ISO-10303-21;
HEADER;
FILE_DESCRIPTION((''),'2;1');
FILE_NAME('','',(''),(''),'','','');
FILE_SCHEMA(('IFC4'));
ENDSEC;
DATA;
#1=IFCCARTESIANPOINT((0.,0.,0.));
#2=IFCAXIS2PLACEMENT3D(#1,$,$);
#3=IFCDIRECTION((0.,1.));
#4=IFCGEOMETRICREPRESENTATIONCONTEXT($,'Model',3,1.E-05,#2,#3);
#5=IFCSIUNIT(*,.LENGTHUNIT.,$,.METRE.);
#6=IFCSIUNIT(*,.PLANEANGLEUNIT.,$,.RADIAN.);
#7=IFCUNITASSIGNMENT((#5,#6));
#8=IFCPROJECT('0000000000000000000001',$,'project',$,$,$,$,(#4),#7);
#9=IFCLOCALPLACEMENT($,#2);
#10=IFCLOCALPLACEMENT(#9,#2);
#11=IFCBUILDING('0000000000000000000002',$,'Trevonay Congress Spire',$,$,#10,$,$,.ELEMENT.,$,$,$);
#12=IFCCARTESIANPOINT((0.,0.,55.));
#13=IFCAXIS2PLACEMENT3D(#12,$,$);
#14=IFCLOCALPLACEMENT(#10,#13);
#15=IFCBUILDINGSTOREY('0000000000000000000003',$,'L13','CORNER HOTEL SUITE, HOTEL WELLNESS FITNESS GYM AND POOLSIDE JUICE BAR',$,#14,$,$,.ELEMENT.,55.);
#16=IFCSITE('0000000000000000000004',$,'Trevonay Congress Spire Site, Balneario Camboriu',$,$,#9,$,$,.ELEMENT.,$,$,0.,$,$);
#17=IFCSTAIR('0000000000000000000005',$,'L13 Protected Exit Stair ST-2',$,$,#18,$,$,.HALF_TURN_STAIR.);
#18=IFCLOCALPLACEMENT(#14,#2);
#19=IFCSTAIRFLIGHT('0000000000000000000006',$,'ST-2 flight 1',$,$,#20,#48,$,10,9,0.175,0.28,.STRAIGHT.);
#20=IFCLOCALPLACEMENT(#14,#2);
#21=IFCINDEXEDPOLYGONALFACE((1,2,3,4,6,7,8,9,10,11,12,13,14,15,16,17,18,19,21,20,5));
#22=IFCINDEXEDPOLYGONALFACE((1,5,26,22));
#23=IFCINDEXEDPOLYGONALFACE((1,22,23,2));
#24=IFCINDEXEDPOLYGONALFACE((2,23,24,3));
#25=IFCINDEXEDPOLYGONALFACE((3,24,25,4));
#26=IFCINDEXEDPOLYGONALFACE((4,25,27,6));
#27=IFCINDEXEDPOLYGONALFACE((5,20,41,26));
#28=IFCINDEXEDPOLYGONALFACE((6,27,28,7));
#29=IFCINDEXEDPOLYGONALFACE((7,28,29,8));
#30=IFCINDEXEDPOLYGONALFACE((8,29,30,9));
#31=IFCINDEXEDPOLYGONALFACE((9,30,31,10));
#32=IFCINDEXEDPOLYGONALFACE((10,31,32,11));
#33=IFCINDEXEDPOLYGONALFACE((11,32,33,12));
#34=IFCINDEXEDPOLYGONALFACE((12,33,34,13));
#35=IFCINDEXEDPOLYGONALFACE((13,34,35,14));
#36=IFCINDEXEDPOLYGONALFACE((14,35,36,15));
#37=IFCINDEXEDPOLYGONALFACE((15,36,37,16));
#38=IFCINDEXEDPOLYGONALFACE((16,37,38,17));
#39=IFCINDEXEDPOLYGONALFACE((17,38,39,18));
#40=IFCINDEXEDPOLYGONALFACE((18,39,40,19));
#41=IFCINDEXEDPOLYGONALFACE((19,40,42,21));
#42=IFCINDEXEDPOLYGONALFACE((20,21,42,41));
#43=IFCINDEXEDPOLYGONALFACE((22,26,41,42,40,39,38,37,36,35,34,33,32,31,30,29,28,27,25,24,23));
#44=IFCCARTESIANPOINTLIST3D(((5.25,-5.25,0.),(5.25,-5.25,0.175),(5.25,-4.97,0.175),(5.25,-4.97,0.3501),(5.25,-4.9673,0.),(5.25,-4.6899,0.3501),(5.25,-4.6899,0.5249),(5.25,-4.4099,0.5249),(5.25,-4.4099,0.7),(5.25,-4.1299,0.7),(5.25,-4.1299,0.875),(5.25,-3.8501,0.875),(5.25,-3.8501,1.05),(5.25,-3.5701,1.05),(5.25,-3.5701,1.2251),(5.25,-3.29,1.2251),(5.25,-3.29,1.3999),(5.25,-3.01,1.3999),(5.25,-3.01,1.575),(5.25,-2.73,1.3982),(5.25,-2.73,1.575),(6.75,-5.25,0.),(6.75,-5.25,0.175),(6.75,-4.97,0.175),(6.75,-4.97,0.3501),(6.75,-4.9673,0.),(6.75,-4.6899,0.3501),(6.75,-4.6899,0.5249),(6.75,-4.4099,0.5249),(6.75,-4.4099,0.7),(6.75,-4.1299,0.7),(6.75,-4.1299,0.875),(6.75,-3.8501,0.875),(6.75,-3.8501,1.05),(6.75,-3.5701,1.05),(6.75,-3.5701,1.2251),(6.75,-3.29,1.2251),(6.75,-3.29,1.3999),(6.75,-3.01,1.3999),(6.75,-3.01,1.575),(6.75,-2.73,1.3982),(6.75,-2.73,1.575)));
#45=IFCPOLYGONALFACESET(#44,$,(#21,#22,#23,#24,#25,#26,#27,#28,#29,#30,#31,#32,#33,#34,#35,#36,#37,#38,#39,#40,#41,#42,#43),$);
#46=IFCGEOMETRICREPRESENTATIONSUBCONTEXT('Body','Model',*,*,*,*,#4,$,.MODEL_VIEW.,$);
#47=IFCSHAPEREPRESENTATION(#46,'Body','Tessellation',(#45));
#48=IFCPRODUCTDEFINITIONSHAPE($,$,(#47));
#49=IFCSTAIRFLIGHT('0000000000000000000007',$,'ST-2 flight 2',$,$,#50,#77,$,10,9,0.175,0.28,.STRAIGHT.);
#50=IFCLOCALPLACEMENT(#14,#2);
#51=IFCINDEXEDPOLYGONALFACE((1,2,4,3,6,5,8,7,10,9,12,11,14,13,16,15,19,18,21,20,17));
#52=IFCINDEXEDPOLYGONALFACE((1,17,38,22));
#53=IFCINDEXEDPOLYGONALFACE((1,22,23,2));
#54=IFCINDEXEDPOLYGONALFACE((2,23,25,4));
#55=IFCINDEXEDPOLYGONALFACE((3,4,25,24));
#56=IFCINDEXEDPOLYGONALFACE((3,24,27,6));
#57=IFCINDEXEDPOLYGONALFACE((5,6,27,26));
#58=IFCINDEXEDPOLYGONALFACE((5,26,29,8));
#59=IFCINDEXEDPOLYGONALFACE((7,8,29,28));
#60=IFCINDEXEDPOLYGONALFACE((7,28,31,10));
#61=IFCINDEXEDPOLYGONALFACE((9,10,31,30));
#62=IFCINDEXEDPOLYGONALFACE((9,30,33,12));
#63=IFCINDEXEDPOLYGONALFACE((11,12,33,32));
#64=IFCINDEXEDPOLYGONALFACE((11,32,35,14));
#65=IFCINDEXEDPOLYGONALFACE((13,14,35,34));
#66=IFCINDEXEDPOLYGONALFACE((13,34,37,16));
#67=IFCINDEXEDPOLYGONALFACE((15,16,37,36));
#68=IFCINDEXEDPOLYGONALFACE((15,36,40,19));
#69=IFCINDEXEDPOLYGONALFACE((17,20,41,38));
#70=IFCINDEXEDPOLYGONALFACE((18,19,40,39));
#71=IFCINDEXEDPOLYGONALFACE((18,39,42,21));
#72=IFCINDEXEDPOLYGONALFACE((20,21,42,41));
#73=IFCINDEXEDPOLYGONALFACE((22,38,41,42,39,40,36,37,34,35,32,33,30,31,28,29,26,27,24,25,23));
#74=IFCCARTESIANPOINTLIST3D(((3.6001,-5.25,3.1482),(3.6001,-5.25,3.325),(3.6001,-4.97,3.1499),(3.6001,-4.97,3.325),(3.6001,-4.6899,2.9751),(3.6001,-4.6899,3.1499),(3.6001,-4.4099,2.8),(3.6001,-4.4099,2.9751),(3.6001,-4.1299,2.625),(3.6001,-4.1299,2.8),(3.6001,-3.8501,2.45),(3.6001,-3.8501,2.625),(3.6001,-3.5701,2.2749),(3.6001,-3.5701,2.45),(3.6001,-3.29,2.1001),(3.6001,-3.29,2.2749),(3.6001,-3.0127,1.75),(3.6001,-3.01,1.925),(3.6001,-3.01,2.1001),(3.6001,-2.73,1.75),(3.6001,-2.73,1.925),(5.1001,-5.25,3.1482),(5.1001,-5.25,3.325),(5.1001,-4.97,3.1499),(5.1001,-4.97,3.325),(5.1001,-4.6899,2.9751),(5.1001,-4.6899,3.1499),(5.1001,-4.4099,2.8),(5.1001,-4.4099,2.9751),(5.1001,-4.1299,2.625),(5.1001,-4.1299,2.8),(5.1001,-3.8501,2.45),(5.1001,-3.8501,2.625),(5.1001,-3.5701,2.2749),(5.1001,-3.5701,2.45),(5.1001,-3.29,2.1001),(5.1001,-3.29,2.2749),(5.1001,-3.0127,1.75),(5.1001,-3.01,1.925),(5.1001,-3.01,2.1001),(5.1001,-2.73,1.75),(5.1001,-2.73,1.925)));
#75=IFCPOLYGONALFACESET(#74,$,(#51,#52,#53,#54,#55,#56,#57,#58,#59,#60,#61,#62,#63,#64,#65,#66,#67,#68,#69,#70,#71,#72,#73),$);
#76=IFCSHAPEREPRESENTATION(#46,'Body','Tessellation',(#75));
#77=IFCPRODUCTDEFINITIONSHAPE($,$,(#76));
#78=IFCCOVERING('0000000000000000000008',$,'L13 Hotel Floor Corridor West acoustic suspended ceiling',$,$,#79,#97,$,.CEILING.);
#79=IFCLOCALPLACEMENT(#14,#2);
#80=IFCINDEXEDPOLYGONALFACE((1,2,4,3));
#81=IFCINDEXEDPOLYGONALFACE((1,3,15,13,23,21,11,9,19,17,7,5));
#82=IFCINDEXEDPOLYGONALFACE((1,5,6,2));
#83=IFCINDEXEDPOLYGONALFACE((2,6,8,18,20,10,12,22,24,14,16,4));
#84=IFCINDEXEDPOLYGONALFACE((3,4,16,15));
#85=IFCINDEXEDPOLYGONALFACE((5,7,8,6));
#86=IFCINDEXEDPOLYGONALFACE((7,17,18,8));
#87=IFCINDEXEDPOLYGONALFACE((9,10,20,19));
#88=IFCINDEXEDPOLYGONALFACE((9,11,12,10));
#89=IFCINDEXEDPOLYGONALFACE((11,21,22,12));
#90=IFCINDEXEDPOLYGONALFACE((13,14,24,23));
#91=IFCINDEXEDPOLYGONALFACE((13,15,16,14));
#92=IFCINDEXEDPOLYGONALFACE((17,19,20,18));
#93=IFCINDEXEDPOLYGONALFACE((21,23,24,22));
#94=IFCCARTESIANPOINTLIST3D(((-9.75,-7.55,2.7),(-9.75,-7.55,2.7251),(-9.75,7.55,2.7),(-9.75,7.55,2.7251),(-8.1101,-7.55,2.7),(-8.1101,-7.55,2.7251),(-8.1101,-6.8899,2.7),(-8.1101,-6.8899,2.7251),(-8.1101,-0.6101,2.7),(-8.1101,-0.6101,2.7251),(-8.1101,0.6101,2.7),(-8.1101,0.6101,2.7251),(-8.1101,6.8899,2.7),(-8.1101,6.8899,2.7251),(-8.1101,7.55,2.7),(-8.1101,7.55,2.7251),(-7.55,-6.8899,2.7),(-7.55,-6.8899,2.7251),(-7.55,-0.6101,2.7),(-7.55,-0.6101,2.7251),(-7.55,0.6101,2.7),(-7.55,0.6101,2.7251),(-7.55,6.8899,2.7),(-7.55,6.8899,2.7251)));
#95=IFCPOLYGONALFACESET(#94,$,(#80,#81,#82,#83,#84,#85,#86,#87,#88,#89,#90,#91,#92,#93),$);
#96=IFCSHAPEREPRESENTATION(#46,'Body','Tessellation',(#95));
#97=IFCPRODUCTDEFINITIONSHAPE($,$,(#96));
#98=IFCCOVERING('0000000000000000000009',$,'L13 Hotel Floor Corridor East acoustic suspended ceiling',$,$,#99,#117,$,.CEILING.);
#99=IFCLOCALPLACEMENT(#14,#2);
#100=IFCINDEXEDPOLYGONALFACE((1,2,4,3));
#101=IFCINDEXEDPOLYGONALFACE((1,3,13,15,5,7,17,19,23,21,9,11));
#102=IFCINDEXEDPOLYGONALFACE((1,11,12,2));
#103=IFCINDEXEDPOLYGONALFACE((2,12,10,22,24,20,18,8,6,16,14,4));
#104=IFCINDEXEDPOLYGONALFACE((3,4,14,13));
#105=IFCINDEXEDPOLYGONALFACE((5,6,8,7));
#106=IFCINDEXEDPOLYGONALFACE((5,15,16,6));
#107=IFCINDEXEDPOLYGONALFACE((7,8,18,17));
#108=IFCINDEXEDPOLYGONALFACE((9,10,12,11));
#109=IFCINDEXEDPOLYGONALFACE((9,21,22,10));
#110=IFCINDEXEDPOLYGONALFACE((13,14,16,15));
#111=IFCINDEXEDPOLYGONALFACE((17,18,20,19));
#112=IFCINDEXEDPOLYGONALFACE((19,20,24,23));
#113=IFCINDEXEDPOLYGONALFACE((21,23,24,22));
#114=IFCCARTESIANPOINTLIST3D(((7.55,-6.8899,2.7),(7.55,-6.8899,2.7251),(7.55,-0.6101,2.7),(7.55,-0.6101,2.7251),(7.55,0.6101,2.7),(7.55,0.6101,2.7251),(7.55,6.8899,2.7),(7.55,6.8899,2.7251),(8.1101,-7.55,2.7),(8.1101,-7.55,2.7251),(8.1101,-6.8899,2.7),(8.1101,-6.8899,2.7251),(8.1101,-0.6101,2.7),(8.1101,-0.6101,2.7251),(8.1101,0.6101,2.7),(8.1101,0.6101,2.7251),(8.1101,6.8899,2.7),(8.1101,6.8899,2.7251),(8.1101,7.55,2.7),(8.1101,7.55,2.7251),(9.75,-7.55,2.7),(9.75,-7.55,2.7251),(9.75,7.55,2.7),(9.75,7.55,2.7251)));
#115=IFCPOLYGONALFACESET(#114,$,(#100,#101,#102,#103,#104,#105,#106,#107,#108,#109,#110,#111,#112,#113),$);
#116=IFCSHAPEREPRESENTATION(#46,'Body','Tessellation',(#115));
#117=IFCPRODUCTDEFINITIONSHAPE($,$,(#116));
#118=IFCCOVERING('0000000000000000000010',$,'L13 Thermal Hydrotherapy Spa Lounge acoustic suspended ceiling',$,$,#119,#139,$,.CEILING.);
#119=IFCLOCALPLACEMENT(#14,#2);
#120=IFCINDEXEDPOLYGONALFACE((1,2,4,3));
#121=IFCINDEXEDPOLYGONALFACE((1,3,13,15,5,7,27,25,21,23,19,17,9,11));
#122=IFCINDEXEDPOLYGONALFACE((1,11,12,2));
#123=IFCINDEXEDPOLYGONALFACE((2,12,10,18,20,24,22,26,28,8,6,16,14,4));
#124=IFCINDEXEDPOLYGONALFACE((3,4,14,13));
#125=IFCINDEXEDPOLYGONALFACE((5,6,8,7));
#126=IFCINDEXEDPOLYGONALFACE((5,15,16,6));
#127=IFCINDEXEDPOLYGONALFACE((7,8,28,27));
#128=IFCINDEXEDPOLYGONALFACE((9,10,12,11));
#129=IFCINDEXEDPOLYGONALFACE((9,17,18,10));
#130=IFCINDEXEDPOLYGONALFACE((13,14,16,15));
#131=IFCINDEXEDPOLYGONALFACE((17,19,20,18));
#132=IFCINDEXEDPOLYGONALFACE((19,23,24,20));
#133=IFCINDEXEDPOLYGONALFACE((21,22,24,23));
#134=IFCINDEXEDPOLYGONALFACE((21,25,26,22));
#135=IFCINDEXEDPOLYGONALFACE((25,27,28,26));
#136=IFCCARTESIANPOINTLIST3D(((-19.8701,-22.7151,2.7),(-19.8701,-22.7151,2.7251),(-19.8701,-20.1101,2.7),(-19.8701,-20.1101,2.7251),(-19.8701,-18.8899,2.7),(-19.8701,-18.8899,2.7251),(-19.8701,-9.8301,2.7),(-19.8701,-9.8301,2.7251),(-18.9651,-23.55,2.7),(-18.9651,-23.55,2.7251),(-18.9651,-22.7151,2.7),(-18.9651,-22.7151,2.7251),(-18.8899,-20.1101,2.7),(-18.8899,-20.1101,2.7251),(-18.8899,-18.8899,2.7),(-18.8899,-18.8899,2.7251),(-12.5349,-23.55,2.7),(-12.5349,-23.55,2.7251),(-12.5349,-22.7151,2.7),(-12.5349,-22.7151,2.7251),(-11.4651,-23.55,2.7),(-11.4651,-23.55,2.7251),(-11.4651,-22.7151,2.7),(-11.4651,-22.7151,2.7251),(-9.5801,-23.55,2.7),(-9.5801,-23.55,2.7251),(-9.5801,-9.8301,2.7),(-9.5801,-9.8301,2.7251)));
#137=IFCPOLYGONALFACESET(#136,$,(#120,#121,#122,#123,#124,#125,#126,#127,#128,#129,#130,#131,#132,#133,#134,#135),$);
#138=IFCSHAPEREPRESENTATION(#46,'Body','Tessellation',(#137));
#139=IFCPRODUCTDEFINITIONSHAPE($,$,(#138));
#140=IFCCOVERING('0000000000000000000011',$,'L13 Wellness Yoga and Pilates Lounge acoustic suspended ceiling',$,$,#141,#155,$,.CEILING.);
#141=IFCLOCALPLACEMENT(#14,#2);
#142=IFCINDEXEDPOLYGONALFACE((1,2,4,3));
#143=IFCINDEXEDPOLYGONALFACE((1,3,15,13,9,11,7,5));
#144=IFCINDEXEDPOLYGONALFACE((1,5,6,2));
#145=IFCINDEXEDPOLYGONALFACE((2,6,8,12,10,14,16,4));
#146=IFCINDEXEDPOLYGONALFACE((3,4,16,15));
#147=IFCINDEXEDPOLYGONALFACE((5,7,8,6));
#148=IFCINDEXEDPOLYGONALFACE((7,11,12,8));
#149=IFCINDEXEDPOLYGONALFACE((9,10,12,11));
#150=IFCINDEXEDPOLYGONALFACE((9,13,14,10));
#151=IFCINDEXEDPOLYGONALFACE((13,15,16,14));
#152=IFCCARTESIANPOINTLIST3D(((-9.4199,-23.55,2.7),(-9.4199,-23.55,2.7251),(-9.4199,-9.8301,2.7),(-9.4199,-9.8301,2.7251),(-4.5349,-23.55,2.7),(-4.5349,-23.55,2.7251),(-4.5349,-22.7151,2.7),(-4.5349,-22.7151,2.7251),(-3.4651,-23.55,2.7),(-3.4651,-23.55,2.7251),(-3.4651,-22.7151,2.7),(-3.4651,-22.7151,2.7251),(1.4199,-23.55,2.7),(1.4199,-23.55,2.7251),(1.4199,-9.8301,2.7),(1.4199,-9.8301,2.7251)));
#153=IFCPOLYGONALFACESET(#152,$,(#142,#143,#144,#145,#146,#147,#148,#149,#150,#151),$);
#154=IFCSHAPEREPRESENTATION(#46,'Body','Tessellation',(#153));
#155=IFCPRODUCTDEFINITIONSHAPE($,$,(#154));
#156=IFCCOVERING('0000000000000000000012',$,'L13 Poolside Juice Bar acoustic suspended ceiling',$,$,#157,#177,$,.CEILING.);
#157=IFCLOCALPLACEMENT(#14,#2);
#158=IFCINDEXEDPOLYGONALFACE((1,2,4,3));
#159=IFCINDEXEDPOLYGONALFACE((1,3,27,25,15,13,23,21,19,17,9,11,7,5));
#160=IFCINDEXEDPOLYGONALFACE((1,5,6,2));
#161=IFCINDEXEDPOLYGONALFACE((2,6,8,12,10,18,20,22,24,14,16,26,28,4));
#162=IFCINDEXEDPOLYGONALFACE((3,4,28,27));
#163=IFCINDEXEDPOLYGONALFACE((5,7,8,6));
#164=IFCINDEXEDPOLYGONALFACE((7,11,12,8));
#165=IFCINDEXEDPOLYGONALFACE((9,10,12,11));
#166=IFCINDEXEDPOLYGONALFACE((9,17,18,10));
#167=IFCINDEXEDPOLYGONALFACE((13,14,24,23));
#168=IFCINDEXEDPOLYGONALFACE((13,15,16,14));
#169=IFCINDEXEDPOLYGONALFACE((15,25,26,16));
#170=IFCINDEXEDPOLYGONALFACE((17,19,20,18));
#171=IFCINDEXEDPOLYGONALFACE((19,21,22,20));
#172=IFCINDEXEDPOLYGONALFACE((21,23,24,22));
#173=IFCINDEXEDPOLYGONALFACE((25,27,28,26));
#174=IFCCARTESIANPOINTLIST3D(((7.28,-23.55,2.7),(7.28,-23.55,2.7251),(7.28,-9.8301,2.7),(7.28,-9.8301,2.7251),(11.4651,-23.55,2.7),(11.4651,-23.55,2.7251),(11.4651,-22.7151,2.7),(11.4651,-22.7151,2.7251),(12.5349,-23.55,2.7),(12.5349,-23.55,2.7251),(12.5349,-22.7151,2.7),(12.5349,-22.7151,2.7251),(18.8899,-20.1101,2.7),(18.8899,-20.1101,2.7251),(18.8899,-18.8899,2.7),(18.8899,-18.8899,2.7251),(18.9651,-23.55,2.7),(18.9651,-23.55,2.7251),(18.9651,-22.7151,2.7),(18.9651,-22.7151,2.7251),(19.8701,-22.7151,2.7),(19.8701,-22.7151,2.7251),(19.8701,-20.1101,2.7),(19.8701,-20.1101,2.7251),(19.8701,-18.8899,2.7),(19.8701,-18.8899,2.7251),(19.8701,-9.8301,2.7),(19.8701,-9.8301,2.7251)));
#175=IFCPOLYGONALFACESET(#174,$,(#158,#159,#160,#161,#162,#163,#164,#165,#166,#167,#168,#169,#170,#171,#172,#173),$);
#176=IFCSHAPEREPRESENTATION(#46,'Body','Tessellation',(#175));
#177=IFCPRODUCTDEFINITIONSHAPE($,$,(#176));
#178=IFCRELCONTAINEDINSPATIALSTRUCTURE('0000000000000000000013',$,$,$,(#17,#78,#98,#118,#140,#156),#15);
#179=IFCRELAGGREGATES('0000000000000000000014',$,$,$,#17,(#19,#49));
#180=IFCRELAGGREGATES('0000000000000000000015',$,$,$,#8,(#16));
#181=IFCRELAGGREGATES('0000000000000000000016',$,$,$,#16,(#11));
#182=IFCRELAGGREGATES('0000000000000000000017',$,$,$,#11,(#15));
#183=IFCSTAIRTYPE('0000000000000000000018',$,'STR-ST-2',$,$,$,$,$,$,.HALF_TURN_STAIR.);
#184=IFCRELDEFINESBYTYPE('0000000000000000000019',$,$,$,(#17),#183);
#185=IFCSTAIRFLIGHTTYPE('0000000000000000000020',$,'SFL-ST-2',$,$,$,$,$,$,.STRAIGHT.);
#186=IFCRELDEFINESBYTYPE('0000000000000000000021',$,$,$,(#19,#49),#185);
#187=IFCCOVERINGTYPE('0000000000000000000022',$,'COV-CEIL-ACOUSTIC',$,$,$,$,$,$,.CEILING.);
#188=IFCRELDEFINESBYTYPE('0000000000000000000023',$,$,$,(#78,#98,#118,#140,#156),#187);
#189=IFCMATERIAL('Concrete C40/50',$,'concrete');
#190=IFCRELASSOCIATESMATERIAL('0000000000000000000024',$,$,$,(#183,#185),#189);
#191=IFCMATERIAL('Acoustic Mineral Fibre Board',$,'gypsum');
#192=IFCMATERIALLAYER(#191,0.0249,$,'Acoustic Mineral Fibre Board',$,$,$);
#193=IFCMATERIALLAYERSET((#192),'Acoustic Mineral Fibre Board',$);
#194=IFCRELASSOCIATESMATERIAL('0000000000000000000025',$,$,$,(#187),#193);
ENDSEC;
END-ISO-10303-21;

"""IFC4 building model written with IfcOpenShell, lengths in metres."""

from ifc_helpers import new_model, si_unit, direction, frame, origin, place, context, subcontext, project, spatial, polyline, outline, extrude, material, layer, layer_set, type_object, element, aggregate, save


model = new_model("IFC4")

# Units and contexts
model_context = context("Model", 3, precision=1e-05, world=origin(), true_north=direction((0.0, 1.0)))
body_context = subcontext(model_context, "Body", "Model", "MODEL_VIEW")
ifc_project = project(units=[si_unit("LENGTHUNIT", "METRE"), si_unit("PLANEANGLEUNIT", "RADIAN")], contexts=[model_context])

# Site, building, storey
site_placement = place(None, origin())
site = spatial("IfcSite", under=ifc_project, at=site_placement, Name="Trevonay Congress Spire Site, Balneario Camboriu", CompositionType="ELEMENT", RefElevation=0.0)
building_placement = place(site_placement, origin())
building = spatial("IfcBuilding", under=site, at=building_placement, Name="Trevonay Congress Spire", CompositionType="ELEMENT")
storey_placement = place(building_placement, frame((0.0, 0.0, 55.0)))
storey = spatial("IfcBuildingStorey", under=building, at=storey_placement, Name="L13", Description="CORNER HOTEL SUITE, HOTEL WELLNESS FITNESS GYM AND POOLSIDE JUICE BAR", CompositionType="ELEMENT", Elevation=55.0)

# Shared definitions
ifc_material_1 = material(Name="Concrete C40/50", Category="concrete")

# Stair, stair flights
stair_type = type_object("IfcStairType", Name="STR-ST-2", PredefinedType="HALF_TURN_STAIR", material=ifc_material_1)
stair_placement = place(storey_placement, origin())
stair = element("IfcStair", 1, at=stair_placement, inside=storey, type_object=stair_type, Name="L13 Protected Exit Stair ST-2", PredefinedType="HALF_TURN_STAIR")
stair_flight_type = type_object("IfcStairFlightType", Name="SFL-ST-2", PredefinedType="STRAIGHT", material=ifc_material_1)
stair_flight_1_placement = place(storey_placement, frame((6.0, -5.25, 0.0), z_axis=(0.0, 0.0, 1.0), x_axis=(0.0, 1.0, 0.0)))
stair_flight_1 = element("IfcStairFlight", 2, at=stair_flight_1_placement, type_object=stair_flight_type, Name="ST-2 flight 1", NumberOfRisers=10, NumberOfTreads=9, PredefinedType="STRAIGHT", RiserHeight=0.175, TreadLength=0.28, context=body_context, shape_type="SweptSolid", body=[
    extrude(outline(polyline([(0.0, 0.0), (0.0, 0.175), (0.28, 0.175), (0.28, 0.3501), (0.5601, 0.3501), (0.5601, 0.5249), (0.8401, 0.5249), (0.8401, 0.7), (1.1201, 0.7), (1.1201, 0.875), (1.3999, 0.875), (1.3999, 1.05), (1.6799, 1.05), (1.6799, 1.2251), (1.96, 1.2251), (1.96, 1.3999), (2.24, 1.3999), (2.24, 1.575), (2.52, 1.575), (2.52, 1.75), (2.52, 1.3982), (0.2827, 0.0), (0.0, 0.0)])), frame((0.0, 0.75, 0.0), z_axis=(0.0, -1.0, 0.0), x_axis=(1.0, 0.0, 0.0)), (0.0, 0.0, 1.0), 1.5),
])
stair_flight_2_placement = place(storey_placement, frame((4.3501, -2.73, 1.75), z_axis=(0.0, 0.0, 1.0), x_axis=(0.0, -1.0, 0.0)))
stair_flight_2 = element("IfcStairFlight", 3, at=stair_flight_2_placement, type_object=stair_flight_type, Name="ST-2 flight 2", NumberOfRisers=10, NumberOfTreads=9, PredefinedType="STRAIGHT", RiserHeight=0.175, TreadLength=0.28, context=body_context, shape_type="SweptSolid", body=[
    extrude(outline(polyline([(0.0, 0.0), (0.0, 0.175), (0.28, 0.175), (0.28, 0.3501), (0.5601, 0.3501), (0.5601, 0.5249), (0.8401, 0.5249), (0.8401, 0.7), (1.1201, 0.7), (1.1201, 0.875), (1.3999, 0.875), (1.3999, 1.05), (1.6799, 1.05), (1.6799, 1.2251), (1.96, 1.2251), (1.96, 1.3999), (2.24, 1.3999), (2.24, 1.575), (2.52, 1.575), (2.52, 1.75), (2.52, 1.3982), (0.2827, 0.0), (0.0, 0.0)])), frame((0.0, 0.75, 0.0), z_axis=(0.0, -1.0, 0.0), x_axis=(1.0, 0.0, 0.0)), (0.0, 0.0, 1.0), 1.5),
])
aggregate(stair, [stair_flight_1, stair_flight_2])

# Coverings
ifc_material_2 = material(Name="Acoustic Mineral Fibre Board", Category="gypsum")
ifc_layer_1 = layer(ifc_material_2, 0.0249, Name="Acoustic Mineral Fibre Board")
ifc_layer_set_1 = layer_set([ifc_layer_1], Name="Acoustic Mineral Fibre Board")
covering_type_1 = type_object("IfcCoveringType", Name="COV-CEIL-ACOUSTIC", PredefinedType="CEILING", material=ifc_layer_set_1)
covering_1_placement = place(storey_placement, frame((0.0, 0.0, 2.7)))
element("IfcCovering", 4, at=covering_1_placement, inside=storey, type_object=covering_type_1, Name="L13 Hotel Floor Corridor West acoustic suspended ceiling", PredefinedType="CEILING", context=body_context, shape_type="SweptSolid", body=[
    extrude(outline(polyline([(-9.75, 7.55), (-8.1101, 7.55), (-8.1101, 6.8899), (-7.55, 6.8899), (-7.55, 0.6101), (-8.1101, 0.6101), (-8.1101, -0.6101), (-7.55, -0.6101), (-7.55, -6.8899), (-8.1101, -6.8899), (-8.1101, -7.55), (-9.75, -7.55), (-9.75, 7.55)])), origin(), (0.0, 0.0, 1.0), 0.0251),
])
covering_2_placement = place(storey_placement, frame((0.0, 0.0, 2.7)))
element("IfcCovering", 5, at=covering_2_placement, inside=storey, type_object=covering_type_1, Name="L13 Hotel Floor Corridor East acoustic suspended ceiling", PredefinedType="CEILING", context=body_context, shape_type="SweptSolid", body=[
    extrude(outline(polyline([(9.75, -7.55), (8.1101, -7.55), (8.1101, -6.8899), (7.55, -6.8899), (7.55, -0.6101), (8.1101, -0.6101), (8.1101, 0.6101), (7.55, 0.6101), (7.55, 6.8899), (8.1101, 6.8899), (8.1101, 7.55), (9.75, 7.55), (9.75, -7.55)])), origin(), (0.0, 0.0, 1.0), 0.0251),
])
covering_3_placement = place(storey_placement, frame((0.0, 0.0, 2.7)))
element("IfcCovering", 6, at=covering_3_placement, inside=storey, type_object=covering_type_1, Name="L13 Thermal Hydrotherapy Spa Lounge acoustic suspended ceiling", PredefinedType="CEILING", context=body_context, shape_type="SweptSolid", body=[
    extrude(outline(polyline([(-18.9651, -23.55), (-18.9651, -22.7151), (-19.8701, -22.7151), (-19.8701, -20.1101), (-18.8899, -20.1101), (-18.8899, -18.8899), (-19.8701, -18.8899), (-19.8701, -9.8301), (-9.5801, -9.8301), (-9.5801, -23.55), (-11.4651, -23.55), (-11.4651, -22.7151), (-12.5349, -22.7151), (-12.5349, -23.55), (-18.9651, -23.55)])), origin(), (0.0, 0.0, 1.0), 0.0251),
])
covering_4_placement = place(storey_placement, frame((0.0, 0.0, 2.7)))
element("IfcCovering", 7, at=covering_4_placement, inside=storey, type_object=covering_type_1, Name="L13 Wellness Yoga and Pilates Lounge acoustic suspended ceiling", PredefinedType="CEILING", context=body_context, shape_type="SweptSolid", body=[
    extrude(outline(polyline([(-9.4199, -23.55), (-9.4199, -9.8301), (1.4199, -9.8301), (1.4199, -23.55), (-3.4651, -23.55), (-3.4651, -22.7151), (-4.5349, -22.7151), (-4.5349, -23.55), (-9.4199, -23.55)])), origin(), (0.0, 0.0, 1.0), 0.0251),
])
covering_5_placement = place(storey_placement, frame((0.0, 0.0, 2.7)))
element("IfcCovering", 8, at=covering_5_placement, inside=storey, type_object=covering_type_1, Name="L13 Poolside Juice Bar acoustic suspended ceiling", PredefinedType="CEILING", context=body_context, shape_type="SweptSolid", body=[
    extrude(outline(polyline([(7.28, -23.55), (7.28, -9.8301), (19.8701, -9.8301), (19.8701, -18.8899), (18.8899, -18.8899), (18.8899, -20.1101), (19.8701, -20.1101), (19.8701, -22.7151), (18.9651, -22.7151), (18.9651, -23.55), (12.5349, -23.55), (12.5349, -22.7151), (11.4651, -22.7151), (11.4651, -23.55), (7.28, -23.55)])), origin(), (0.0, 0.0, 1.0), 0.0251),
])

save(model, "model.ifc")
